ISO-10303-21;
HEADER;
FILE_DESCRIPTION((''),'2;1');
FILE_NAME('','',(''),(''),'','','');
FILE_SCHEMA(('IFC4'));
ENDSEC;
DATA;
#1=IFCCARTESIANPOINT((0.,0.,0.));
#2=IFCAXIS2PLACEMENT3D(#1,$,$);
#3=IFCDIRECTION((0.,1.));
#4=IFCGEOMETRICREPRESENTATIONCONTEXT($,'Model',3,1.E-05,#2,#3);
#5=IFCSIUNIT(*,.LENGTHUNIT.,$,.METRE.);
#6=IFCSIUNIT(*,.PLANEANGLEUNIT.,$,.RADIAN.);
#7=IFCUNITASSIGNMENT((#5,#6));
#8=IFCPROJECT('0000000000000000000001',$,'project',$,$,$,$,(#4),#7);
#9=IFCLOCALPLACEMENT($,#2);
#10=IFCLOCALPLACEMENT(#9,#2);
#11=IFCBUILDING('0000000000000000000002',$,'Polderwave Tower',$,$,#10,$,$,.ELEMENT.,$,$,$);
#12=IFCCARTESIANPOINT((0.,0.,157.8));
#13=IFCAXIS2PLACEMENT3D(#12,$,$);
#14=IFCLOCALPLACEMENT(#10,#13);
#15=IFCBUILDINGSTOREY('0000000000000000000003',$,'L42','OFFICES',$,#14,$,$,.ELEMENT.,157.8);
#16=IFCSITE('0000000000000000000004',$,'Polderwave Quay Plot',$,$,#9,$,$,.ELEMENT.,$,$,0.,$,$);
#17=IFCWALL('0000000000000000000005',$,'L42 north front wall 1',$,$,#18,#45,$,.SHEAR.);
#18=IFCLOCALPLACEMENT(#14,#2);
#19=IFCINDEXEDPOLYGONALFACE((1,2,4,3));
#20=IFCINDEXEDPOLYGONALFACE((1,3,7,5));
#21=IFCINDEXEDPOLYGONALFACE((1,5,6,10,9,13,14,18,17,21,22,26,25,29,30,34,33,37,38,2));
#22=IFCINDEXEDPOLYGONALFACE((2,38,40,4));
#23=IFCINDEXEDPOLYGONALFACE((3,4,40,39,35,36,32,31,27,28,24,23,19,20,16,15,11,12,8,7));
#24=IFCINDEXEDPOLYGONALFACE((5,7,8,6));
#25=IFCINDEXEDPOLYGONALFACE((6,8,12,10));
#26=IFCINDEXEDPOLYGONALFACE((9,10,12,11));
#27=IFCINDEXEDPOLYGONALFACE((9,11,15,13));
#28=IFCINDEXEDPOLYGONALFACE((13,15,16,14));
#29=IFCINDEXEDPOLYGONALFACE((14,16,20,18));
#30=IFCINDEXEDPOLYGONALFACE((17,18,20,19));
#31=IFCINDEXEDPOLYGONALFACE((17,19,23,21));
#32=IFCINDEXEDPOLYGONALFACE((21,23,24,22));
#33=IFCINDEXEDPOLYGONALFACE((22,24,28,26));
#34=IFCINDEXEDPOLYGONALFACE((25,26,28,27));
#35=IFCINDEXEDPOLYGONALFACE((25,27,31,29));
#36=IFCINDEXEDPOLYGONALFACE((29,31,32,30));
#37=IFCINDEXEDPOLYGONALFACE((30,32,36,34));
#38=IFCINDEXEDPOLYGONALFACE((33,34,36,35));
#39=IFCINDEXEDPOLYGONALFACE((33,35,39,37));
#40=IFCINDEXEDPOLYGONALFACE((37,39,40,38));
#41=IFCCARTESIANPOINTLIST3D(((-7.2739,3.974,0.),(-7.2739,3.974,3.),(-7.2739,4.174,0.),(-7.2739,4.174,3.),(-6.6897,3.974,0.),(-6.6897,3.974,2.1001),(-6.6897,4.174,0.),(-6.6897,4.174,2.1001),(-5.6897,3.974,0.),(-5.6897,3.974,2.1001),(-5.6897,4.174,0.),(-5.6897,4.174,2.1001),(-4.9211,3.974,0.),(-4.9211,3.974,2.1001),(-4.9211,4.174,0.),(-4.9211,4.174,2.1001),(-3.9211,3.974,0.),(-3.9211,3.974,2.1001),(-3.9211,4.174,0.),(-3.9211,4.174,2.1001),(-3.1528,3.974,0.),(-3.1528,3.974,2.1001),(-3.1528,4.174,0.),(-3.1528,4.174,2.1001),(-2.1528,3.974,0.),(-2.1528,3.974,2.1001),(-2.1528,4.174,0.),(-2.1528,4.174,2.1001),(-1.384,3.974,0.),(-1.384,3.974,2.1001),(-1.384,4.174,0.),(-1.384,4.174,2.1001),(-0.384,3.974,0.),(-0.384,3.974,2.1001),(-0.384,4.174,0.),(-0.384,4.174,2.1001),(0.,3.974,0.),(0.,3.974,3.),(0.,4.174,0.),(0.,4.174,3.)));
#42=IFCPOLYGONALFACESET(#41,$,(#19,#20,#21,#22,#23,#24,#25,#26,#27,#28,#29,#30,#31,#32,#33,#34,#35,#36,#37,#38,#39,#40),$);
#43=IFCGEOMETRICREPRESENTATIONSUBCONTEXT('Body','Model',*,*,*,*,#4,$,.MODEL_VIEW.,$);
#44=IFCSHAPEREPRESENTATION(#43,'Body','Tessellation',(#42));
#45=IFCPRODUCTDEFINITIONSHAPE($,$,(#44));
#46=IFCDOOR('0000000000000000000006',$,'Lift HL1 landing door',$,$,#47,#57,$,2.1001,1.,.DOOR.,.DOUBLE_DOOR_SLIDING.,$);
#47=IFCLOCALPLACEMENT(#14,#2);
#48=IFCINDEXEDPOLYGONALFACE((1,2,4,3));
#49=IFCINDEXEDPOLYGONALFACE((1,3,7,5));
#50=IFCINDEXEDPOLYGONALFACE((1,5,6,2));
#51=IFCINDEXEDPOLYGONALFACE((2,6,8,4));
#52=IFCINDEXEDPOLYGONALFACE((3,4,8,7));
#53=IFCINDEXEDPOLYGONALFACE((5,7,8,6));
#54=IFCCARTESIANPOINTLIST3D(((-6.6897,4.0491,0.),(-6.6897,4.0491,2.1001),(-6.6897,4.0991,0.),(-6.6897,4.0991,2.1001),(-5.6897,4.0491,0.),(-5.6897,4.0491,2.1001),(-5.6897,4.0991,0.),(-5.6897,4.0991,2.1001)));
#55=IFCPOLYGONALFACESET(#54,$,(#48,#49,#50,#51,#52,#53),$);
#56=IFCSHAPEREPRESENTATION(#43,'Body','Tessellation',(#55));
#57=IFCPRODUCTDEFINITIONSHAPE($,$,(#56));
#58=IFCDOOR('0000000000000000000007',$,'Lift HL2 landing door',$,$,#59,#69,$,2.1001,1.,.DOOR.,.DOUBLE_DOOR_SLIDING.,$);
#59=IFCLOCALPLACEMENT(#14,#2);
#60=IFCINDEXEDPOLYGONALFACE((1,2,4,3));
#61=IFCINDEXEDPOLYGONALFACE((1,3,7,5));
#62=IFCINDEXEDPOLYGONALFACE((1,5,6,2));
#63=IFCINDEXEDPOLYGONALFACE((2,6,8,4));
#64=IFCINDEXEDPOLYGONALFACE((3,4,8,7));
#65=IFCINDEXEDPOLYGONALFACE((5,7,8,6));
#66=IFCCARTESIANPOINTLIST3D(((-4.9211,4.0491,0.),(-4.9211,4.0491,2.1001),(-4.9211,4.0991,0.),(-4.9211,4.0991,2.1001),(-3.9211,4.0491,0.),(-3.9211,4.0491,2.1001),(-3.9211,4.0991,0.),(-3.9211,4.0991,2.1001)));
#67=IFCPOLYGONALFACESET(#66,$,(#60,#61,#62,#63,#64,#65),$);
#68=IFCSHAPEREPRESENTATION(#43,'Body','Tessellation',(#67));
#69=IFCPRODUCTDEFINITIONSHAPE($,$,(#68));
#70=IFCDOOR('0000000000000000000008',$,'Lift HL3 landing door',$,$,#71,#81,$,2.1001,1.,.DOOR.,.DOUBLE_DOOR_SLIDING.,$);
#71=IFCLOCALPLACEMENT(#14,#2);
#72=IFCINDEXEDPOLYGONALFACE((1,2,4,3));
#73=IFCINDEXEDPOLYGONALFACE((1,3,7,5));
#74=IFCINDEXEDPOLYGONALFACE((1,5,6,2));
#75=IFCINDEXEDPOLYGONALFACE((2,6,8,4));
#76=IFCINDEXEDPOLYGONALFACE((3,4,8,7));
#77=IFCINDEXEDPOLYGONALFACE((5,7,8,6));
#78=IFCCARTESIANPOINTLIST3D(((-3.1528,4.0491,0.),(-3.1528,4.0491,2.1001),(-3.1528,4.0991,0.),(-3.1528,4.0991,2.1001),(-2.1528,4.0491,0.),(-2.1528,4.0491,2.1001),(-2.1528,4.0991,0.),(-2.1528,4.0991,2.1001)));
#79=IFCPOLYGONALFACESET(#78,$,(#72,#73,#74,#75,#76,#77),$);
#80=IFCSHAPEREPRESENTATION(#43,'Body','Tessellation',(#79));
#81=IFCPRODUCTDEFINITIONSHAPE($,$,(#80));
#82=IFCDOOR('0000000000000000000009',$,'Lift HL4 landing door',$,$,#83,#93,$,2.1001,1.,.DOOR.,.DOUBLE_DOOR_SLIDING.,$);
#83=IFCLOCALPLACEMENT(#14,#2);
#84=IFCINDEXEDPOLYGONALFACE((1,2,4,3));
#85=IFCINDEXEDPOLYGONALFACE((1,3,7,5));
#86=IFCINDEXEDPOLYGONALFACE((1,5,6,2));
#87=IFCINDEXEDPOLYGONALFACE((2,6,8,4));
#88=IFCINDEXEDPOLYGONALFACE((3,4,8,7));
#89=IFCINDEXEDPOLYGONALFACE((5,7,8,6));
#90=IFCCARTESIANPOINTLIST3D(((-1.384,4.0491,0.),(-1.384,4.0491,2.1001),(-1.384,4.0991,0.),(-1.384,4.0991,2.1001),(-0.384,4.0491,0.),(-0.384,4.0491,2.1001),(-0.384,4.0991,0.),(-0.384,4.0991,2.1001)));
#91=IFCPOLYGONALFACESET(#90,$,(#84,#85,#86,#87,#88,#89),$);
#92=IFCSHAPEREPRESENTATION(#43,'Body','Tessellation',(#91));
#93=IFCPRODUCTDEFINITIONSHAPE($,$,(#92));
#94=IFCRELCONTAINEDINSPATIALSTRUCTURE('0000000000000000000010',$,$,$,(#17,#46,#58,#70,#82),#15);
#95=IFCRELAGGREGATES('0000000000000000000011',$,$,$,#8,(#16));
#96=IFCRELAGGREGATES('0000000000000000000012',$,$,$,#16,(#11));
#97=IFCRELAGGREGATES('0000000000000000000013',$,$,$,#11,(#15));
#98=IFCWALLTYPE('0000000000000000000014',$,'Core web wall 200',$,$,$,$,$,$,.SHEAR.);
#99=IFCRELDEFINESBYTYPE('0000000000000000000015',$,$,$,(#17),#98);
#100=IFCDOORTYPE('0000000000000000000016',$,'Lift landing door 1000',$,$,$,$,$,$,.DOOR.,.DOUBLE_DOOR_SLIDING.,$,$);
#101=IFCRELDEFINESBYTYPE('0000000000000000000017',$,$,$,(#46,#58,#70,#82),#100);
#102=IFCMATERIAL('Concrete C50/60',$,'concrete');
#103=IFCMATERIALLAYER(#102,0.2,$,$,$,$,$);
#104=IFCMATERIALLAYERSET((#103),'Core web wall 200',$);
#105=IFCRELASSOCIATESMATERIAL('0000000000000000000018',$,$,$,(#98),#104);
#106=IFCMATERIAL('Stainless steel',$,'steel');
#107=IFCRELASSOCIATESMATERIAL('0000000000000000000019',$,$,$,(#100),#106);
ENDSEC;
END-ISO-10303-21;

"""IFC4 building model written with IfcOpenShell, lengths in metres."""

from ifc_helpers import new_model, si_unit, direction, frame, frame_2d, origin, place, context, subcontext, project, spatial, rectangle, extrude, material, layer, layer_set, type_object, element, fill, save


model = new_model("IFC4")

# Units and contexts
model_context = context("Model", 3, precision=1e-05, world=origin(), true_north=direction((0.0, 1.0)))
body_context = subcontext(model_context, "Body", "Model", "MODEL_VIEW")
ifc_project = project(units=[si_unit("LENGTHUNIT", "METRE"), si_unit("PLANEANGLEUNIT", "RADIAN")], contexts=[model_context])

# Site, building, storey
site_placement = place(None, origin())
site = spatial("IfcSite", under=ifc_project, at=site_placement, Name="Polderwave Quay Plot", CompositionType="ELEMENT", RefElevation=0.0)
building_placement = place(site_placement, origin())
building = spatial("IfcBuilding", under=site, at=building_placement, Name="Polderwave Tower", CompositionType="ELEMENT")
storey_placement = place(building_placement, frame((0.0, 0.0, 157.8)))
storey = spatial("IfcBuildingStorey", under=building, at=storey_placement, Name="L42", Description="OFFICES", CompositionType="ELEMENT", Elevation=157.8)

# Wall, openings, doors
ifc_material_1 = material(Name="Concrete C50/60", Category="concrete")
ifc_layer_1 = layer(ifc_material_1, 0.2)
ifc_layer_set_1 = layer_set([ifc_layer_1], Name="Core web wall 200")
wall_type_1 = type_object("IfcWallType", Name="Core web wall 200", PredefinedType="SHEAR", material=ifc_layer_set_1)
wall_1_placement = place(storey_placement, frame((-7.2739, 4.074, 0.0), z_axis=(0.0, 0.0, 1.0), x_axis=(1.0, 0.0, 0.0)))
wall_1 = element("IfcWall", 1, at=wall_1_placement, inside=storey, type_object=wall_type_1, Name="L42 north front wall 1", PredefinedType="SHEAR", context=body_context, shape_type="SweptSolid", body=[
    extrude(rectangle(XDim=7.2739, YDim=0.2, at=frame_2d((3.637, 0.0))), origin(), (0.0, 0.0, 1.0), 3.0),
])
opening_1_placement = place(wall_1_placement, frame((0.5842, 0.0, 0.0)))
opening_1 = element("IfcOpeningElement", 2, at=opening_1_placement, cuts=wall_1, PredefinedType="OPENING", context=body_context, shape_type="SweptSolid", body=[
    extrude(rectangle(XDim=1.0, YDim=2.1001, at=frame_2d((0.5, 1.05))), frame((0.0, 0.1099, 0.0), z_axis=(0.0, -1.0, 0.0), x_axis=(1.0, 0.0, 0.0)), (0.0, 0.0, 1.0), 0.22),
])
opening_2_placement = place(wall_1_placement, frame((2.3528, 0.0, 0.0)))
opening_2 = element("IfcOpeningElement", 3, at=opening_2_placement, cuts=wall_1, PredefinedType="OPENING", context=body_context, shape_type="SweptSolid", body=[
    extrude(rectangle(XDim=1.0, YDim=2.1001, at=frame_2d((0.5, 1.05))), frame((0.0, 0.1099, 0.0), z_axis=(0.0, -1.0, 0.0), x_axis=(1.0, 0.0, 0.0)), (0.0, 0.0, 1.0), 0.22),
])
opening_3_placement = place(wall_1_placement, frame((4.1211, 0.0, 0.0)))
opening_3 = element("IfcOpeningElement", 4, at=opening_3_placement, cuts=wall_1, PredefinedType="OPENING", context=body_context, shape_type="SweptSolid", body=[
    extrude(rectangle(XDim=1.0, YDim=2.1001, at=frame_2d((0.5, 1.05))), frame((0.0, 0.1099, 0.0), z_axis=(0.0, -1.0, 0.0), x_axis=(1.0, 0.0, 0.0)), (0.0, 0.0, 1.0), 0.22),
])
opening_4_placement = place(wall_1_placement, frame((5.8899, 0.0, 0.0)))
opening_4 = element("IfcOpeningElement", 5, at=opening_4_placement, cuts=wall_1, PredefinedType="OPENING", context=body_context, shape_type="SweptSolid", body=[
    extrude(rectangle(XDim=1.0, YDim=2.1001, at=frame_2d((0.5, 1.05))), frame((0.0, 0.1099, 0.0), z_axis=(0.0, -1.0, 0.0), x_axis=(1.0, 0.0, 0.0)), (0.0, 0.0, 1.0), 0.22),
])
ifc_material_2 = material(Name="Stainless steel", Category="steel")
door_type_1 = type_object("IfcDoorType", Name="Lift landing door 1000", OperationType="DOUBLE_DOOR_SLIDING", PredefinedType="DOOR", material=ifc_material_2)
door_1_placement = place(opening_1_placement, frame((1.0, 0.0, 0.0), z_axis=(0.0, 0.0, 1.0), x_axis=(-1.0, 0.0, 0.0)))
door_1 = element("IfcDoor", 6, at=door_1_placement, inside=storey, type_object=door_type_1, Name="Lift HL1 landing door", OperationType="DOUBLE_DOOR_SLIDING", OverallHeight=2.1001, OverallWidth=1.0, PredefinedType="DOOR", context=body_context, shape_type="SweptSolid", body=[
    extrude(rectangle(XDim=1.0, YDim=2.1001, at=frame_2d((0.5, 1.05))), frame((0.0, 0.0249, 0.0), z_axis=(0.0, -1.0, 0.0), x_axis=(1.0, 0.0, 0.0)), (0.0, 0.0, 1.0), 0.05),
])
fill(opening_1, door_1)
door_2_placement = place(opening_2_placement, frame((1.0, 0.0, 0.0), z_axis=(0.0, 0.0, 1.0), x_axis=(-1.0, 0.0, 0.0)))
door_2 = element("IfcDoor", 7, at=door_2_placement, inside=storey, type_object=door_type_1, Name="Lift HL2 landing door", OperationType="DOUBLE_DOOR_SLIDING", OverallHeight=2.1001, OverallWidth=1.0, PredefinedType="DOOR", context=body_context, shape_type="SweptSolid", body=[
    extrude(rectangle(XDim=1.0, YDim=2.1001, at=frame_2d((0.5, 1.05))), frame((0.0, 0.0249, 0.0), z_axis=(0.0, -1.0, 0.0), x_axis=(1.0, 0.0, 0.0)), (0.0, 0.0, 1.0), 0.05),
])
fill(opening_2, door_2)
door_3_placement = place(opening_3_placement, frame((1.0, 0.0, 0.0), z_axis=(0.0, 0.0, 1.0), x_axis=(-1.0, 0.0, 0.0)))
door_3 = element("IfcDoor", 8, at=door_3_placement, inside=storey, type_object=door_type_1, Name="Lift HL3 landing door", OperationType="DOUBLE_DOOR_SLIDING", OverallHeight=2.1001, OverallWidth=1.0, PredefinedType="DOOR", context=body_context, shape_type="SweptSolid", body=[
    extrude(rectangle(XDim=1.0, YDim=2.1001, at=frame_2d((0.5, 1.05))), frame((0.0, 0.0249, 0.0), z_axis=(0.0, -1.0, 0.0), x_axis=(1.0, 0.0, 0.0)), (0.0, 0.0, 1.0), 0.05),
])
fill(opening_3, door_3)
door_4_placement = place(opening_4_placement, frame((1.0, 0.0, 0.0), z_axis=(0.0, 0.0, 1.0), x_axis=(-1.0, 0.0, 0.0)))
door_4 = element("IfcDoor", 9, at=door_4_placement, inside=storey, type_object=door_type_1, Name="Lift HL4 landing door", OperationType="DOUBLE_DOOR_SLIDING", OverallHeight=2.1001, OverallWidth=1.0, PredefinedType="DOOR", context=body_context, shape_type="SweptSolid", body=[
    extrude(rectangle(XDim=1.0, YDim=2.1001, at=frame_2d((0.5, 1.05))), frame((0.0, 0.0249, 0.0), z_axis=(0.0, -1.0, 0.0), x_axis=(1.0, 0.0, 0.0)), (0.0, 0.0, 1.0), 0.05),
])
fill(opening_4, door_4)

save(model, "model.ifc")
